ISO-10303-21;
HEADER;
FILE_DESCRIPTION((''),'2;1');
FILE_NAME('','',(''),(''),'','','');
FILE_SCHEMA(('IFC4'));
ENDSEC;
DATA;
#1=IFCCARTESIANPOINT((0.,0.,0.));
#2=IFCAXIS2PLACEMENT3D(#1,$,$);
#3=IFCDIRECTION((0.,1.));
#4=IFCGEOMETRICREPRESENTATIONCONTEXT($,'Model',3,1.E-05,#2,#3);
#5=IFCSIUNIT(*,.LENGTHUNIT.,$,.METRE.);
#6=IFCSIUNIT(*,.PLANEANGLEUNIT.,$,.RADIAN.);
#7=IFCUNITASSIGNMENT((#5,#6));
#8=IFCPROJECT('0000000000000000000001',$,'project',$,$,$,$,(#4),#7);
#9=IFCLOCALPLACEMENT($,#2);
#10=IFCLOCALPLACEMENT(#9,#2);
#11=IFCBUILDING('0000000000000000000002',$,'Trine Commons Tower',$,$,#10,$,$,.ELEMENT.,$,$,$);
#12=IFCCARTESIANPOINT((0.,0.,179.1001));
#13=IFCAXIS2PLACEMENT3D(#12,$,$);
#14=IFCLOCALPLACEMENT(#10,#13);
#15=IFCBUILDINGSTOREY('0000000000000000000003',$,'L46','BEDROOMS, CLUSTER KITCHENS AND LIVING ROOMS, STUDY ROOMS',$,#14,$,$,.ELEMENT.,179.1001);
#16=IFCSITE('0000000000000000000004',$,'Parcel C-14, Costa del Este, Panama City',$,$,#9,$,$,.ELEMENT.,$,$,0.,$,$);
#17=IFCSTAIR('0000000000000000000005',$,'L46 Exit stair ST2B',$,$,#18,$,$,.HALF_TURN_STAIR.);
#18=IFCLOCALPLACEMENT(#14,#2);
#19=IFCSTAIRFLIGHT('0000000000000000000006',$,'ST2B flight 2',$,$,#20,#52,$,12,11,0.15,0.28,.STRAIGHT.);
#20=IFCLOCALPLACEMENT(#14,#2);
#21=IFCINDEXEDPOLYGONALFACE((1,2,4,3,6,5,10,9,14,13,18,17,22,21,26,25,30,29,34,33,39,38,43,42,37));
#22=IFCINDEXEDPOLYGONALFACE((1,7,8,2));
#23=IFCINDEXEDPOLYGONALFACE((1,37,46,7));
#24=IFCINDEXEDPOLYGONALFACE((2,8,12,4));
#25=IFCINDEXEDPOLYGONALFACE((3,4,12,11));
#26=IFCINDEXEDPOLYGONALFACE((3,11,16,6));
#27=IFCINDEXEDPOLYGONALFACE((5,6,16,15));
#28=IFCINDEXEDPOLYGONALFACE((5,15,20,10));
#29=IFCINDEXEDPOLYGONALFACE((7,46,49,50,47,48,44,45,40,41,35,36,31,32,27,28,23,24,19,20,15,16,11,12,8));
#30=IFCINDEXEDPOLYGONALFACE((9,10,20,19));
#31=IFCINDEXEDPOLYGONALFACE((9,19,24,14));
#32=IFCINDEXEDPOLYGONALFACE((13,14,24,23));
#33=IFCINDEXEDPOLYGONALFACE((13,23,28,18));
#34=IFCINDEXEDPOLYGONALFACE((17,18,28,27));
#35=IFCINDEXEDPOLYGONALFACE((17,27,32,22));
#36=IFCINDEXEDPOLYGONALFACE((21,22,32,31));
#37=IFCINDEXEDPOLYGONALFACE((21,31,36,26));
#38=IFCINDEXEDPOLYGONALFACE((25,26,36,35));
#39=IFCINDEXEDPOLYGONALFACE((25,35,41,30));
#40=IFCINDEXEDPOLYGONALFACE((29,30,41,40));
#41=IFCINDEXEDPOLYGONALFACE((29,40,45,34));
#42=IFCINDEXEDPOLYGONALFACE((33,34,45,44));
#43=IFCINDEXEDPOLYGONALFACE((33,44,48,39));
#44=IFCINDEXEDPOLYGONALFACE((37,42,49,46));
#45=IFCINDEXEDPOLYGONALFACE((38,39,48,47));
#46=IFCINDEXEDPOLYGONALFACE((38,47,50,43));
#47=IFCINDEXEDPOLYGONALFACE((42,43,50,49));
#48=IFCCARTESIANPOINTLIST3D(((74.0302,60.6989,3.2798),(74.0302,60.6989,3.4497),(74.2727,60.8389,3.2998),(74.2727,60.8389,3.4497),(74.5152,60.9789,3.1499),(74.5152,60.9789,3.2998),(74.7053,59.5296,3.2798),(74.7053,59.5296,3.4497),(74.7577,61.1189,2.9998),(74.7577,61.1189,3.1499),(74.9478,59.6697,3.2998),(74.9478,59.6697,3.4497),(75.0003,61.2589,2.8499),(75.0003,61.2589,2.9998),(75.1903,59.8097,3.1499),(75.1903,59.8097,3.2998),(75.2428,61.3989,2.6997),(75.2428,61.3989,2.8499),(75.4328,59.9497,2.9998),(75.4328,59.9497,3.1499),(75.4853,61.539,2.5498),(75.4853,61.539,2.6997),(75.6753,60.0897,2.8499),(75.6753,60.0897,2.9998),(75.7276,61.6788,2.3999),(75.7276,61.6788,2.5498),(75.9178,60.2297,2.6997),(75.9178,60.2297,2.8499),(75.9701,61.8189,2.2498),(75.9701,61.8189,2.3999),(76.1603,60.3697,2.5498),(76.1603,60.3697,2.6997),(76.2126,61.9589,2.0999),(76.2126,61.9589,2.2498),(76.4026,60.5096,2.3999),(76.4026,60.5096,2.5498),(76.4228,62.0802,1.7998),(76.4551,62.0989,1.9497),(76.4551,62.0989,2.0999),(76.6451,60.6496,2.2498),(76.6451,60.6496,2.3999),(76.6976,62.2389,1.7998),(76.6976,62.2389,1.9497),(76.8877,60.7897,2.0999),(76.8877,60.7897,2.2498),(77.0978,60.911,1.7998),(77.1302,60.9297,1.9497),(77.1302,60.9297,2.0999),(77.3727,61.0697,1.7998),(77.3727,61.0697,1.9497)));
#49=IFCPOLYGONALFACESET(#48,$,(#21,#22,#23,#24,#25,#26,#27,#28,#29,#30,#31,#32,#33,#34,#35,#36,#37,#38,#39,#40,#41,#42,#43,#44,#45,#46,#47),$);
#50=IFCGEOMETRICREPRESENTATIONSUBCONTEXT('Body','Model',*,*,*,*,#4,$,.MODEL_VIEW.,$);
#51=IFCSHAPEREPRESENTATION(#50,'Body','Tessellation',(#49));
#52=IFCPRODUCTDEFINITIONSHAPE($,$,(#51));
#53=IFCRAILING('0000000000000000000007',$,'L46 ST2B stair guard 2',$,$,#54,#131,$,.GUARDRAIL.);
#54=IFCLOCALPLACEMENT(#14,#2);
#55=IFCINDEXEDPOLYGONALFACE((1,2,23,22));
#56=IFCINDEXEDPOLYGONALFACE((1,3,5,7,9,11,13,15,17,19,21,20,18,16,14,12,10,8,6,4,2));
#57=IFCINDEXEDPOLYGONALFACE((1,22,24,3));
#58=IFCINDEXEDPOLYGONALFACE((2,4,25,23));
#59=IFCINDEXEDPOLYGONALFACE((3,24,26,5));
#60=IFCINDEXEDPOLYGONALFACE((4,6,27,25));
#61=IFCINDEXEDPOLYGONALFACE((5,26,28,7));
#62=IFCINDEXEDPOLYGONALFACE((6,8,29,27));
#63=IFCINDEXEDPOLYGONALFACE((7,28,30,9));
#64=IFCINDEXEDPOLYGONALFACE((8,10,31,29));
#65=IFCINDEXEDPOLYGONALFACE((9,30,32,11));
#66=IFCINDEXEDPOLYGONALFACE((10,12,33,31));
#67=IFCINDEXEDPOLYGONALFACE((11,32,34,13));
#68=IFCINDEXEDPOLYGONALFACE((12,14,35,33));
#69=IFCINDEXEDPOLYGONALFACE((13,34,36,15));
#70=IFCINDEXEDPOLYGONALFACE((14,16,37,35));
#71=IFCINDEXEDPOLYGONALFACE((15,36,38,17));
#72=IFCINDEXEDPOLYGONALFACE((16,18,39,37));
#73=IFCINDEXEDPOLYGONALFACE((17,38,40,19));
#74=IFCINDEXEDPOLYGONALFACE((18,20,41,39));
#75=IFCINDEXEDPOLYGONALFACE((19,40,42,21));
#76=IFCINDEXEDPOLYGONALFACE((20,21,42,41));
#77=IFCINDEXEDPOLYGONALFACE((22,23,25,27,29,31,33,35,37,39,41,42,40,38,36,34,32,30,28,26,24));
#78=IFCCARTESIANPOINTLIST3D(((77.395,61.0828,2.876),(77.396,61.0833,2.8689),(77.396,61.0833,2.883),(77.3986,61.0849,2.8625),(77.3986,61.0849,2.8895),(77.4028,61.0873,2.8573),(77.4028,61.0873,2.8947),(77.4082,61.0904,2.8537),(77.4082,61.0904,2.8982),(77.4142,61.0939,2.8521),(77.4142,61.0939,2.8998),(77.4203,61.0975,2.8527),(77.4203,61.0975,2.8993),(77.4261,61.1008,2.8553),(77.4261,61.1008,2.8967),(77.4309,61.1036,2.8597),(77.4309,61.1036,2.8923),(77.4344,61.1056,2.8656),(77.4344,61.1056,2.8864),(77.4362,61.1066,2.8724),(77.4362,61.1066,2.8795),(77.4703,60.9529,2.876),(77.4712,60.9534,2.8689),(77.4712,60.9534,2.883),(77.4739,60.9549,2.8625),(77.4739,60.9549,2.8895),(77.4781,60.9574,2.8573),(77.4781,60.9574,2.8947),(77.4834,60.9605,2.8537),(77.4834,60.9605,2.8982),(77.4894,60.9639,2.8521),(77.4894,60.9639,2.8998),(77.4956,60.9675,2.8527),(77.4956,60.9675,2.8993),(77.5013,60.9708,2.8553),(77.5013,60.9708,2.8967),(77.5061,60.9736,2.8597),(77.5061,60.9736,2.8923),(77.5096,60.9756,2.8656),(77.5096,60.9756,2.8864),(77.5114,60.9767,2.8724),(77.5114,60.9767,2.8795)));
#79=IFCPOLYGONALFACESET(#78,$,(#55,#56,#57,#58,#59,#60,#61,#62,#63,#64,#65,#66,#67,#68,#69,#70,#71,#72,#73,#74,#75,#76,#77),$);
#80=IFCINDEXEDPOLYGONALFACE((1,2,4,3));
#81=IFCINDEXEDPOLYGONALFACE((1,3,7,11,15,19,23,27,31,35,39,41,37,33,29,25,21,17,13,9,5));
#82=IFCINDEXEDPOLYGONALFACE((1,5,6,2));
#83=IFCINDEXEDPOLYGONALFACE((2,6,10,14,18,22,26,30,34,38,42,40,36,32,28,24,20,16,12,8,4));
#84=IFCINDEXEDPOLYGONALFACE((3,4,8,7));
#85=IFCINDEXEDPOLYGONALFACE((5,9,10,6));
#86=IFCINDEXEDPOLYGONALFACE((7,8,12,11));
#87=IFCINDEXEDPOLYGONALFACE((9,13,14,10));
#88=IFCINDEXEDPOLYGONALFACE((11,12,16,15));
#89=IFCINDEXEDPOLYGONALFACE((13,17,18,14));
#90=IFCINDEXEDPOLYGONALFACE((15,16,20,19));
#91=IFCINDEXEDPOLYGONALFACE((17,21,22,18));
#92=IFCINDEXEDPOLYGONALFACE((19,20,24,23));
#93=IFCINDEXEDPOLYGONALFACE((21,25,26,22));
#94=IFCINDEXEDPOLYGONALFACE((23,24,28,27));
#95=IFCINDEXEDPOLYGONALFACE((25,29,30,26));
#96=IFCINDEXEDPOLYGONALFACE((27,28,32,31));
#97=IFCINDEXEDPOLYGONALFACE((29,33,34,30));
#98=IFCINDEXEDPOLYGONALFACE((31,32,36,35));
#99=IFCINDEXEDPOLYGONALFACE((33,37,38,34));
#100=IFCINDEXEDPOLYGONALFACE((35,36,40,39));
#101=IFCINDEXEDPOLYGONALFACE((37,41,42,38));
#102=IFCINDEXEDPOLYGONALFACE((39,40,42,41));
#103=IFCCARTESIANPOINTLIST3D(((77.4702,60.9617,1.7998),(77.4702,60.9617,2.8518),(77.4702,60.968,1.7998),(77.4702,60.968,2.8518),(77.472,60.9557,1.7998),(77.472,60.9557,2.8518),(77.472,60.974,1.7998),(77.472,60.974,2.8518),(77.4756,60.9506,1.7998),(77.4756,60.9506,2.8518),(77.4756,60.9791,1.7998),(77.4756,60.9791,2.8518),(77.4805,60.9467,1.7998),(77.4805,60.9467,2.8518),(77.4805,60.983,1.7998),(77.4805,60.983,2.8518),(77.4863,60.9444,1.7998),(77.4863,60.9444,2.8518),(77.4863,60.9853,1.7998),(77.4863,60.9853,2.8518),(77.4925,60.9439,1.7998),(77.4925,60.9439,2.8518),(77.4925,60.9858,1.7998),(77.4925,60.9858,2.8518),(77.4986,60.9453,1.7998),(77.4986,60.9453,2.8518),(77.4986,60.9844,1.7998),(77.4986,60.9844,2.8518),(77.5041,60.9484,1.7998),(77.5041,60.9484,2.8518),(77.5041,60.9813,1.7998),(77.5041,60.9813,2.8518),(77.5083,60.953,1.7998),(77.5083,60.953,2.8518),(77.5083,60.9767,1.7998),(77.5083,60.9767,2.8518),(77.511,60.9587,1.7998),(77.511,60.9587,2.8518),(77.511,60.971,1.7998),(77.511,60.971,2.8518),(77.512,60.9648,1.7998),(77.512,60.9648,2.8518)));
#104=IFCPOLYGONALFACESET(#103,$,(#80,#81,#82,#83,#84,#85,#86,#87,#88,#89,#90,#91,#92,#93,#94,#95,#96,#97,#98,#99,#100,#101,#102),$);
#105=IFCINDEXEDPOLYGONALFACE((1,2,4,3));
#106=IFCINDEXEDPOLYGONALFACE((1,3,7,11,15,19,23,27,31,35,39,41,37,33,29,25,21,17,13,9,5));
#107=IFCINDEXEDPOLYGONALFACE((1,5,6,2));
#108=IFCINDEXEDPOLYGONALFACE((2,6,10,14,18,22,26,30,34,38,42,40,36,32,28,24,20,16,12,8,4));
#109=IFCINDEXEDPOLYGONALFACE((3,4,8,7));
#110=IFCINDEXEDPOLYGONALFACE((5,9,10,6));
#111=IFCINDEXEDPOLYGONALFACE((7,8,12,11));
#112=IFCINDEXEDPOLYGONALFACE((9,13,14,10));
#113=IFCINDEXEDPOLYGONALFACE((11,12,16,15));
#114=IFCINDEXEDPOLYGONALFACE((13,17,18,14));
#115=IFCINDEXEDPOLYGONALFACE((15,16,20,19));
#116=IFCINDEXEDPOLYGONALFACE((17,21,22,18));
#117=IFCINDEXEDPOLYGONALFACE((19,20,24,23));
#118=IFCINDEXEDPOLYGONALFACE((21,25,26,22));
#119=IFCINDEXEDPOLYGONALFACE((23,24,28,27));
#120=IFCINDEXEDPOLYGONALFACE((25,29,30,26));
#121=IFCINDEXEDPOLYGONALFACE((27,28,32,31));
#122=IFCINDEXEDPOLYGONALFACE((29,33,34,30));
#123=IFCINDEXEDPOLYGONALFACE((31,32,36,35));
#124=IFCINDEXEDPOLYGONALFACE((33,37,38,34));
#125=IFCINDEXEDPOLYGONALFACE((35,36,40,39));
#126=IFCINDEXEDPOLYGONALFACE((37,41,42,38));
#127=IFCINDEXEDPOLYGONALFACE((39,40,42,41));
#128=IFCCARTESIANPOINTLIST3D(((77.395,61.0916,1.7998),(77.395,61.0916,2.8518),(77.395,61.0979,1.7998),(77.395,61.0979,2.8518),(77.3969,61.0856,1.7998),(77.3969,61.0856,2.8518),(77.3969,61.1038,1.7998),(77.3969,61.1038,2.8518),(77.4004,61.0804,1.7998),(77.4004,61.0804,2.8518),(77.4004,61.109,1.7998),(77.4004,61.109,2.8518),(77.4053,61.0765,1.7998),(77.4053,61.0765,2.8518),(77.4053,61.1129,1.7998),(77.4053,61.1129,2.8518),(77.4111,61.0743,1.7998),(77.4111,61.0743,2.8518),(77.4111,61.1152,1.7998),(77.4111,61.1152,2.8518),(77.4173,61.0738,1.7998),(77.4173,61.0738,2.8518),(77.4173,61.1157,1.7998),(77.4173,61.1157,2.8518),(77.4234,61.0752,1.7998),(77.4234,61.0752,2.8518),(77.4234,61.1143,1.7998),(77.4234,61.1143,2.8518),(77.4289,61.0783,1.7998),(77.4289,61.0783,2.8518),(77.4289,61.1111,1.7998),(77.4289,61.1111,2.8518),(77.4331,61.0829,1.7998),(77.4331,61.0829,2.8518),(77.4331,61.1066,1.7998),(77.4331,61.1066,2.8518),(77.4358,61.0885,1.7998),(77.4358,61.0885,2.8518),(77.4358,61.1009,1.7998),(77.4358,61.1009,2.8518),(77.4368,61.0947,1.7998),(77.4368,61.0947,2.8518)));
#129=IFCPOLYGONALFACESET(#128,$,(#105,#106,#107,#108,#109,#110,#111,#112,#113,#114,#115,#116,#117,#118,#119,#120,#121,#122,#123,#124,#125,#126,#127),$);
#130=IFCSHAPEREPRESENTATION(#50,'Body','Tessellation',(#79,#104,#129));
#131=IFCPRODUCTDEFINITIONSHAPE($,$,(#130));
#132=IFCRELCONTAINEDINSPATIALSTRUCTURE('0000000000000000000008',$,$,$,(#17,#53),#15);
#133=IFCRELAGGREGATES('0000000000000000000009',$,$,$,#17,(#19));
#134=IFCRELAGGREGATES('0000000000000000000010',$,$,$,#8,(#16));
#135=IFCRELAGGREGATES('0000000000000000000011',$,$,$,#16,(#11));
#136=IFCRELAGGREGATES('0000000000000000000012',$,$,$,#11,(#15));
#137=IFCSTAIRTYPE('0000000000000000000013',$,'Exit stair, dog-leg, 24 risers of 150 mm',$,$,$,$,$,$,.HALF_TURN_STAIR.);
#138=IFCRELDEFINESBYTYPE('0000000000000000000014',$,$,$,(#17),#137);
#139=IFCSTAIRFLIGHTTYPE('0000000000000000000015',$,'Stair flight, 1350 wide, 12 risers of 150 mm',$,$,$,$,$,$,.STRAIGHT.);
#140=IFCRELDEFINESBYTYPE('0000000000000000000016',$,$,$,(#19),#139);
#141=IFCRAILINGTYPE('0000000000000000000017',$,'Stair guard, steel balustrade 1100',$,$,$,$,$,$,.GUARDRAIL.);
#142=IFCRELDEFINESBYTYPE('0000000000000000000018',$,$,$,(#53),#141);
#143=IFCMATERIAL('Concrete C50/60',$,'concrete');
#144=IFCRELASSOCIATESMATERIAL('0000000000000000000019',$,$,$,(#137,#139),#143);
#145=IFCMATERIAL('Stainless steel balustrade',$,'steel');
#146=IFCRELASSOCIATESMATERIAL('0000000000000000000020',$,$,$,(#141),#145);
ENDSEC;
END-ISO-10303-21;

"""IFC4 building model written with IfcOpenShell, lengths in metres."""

from ifc_helpers import new_model, si_unit, direction, frame, origin, origin_2d, place, context, subcontext, project, spatial, polyline, circle, outline, extrude, material, type_object, element, aggregate, save


model = new_model("IFC4")

# Units and contexts
model_context = context("Model", 3, precision=1e-05, world=origin(), true_north=direction((0.0, 1.0)))
body_context = subcontext(model_context, "Body", "Model", "MODEL_VIEW")
ifc_project = project(units=[si_unit("LENGTHUNIT", "METRE"), si_unit("PLANEANGLEUNIT", "RADIAN")], contexts=[model_context])

# Site, building, storey
site_placement = place(None, origin())
site = spatial("IfcSite", under=ifc_project, at=site_placement, Name="Parcel C-14, Costa del Este, Panama City", CompositionType="ELEMENT", RefElevation=0.0)
building_placement = place(site_placement, origin())
building = spatial("IfcBuilding", under=site, at=building_placement, Name="Trine Commons Tower", CompositionType="ELEMENT")
storey_placement = place(building_placement, frame((0.0, 0.0, 179.1001)))
storey = spatial("IfcBuildingStorey", under=building, at=storey_placement, Name="L46", Description="BEDROOMS, CLUSTER KITCHENS AND LIVING ROOMS, STUDY ROOMS", CompositionType="ELEMENT", Elevation=179.1001)

# Stair, stair flight
ifc_material_1 = material(Name="Concrete C50/60", Category="concrete")
stair_type = type_object("IfcStairType", Name="Exit stair, dog-leg, 24 risers of 150 mm", PredefinedType="HALF_TURN_STAIR", material=ifc_material_1)
stair_placement = place(storey_placement, origin())
stair = element("IfcStair", 1, at=stair_placement, inside=storey, type_object=stair_type, Name="L46 Exit stair ST2B", PredefinedType="HALF_TURN_STAIR")
stair_flight_type = type_object("IfcStairFlightType", Name="Stair flight, 1350 wide, 12 risers of 150 mm", PredefinedType="STRAIGHT", material=ifc_material_1)
stair_flight_placement = place(storey_placement, frame((77.0352, 61.6543, 1.7998), z_axis=(0.0, 0.0, 1.0), x_axis=(-0.866025, -0.5, 0.0)))
stair_flight = element("IfcStairFlight", 2, at=stair_flight_placement, type_object=stair_flight_type, Name="ST2B flight 2", NumberOfRisers=12, NumberOfTreads=11, PredefinedType="STRAIGHT", RiserHeight=0.15, TreadLength=0.28, context=body_context, shape_type="SweptSolid", body=[
    extrude(outline(polyline([(0.0, 0.0), (0.0, 0.1499), (0.28, 0.1499), (0.28, 0.3), (0.5601, 0.3), (0.5601, 0.45), (0.8401, 0.45), (0.8401, 0.6001), (1.1201, 0.6001), (1.1201, 0.75), (1.3999, 0.75), (1.3999, 0.8999), (1.6799, 0.8999), (1.6799, 1.05), (1.96, 1.05), (1.96, 1.2), (2.24, 1.2), (2.24, 1.3501), (2.52, 1.3501), (2.52, 1.5), (2.8, 1.5), (2.8, 1.6499), (3.0801, 1.6499), (3.0801, 1.8), (3.0801, 1.48), (0.3174, 0.0), (0.0, 0.0)])), frame((0.0, 0.675, 0.0), z_axis=(0.0, -1.0, 0.0), x_axis=(1.0, 0.0, 0.0)), (0.0, 0.0, 1.0), 1.3501),
])
aggregate(stair, [stair_flight])

# Railing
ifc_material_2 = material(Name="Stainless steel balustrade", Category="steel")
railing_type_1 = type_object("IfcRailingType", Name="Stair guard, steel balustrade 1100", PredefinedType="GUARDRAIL", material=ifc_material_2)
railing_1_placement = place(storey_placement, frame((77.491, 60.9648, 1.7998)))
element("IfcRailing", 3, at=railing_1_placement, inside=storey, type_object=railing_type_1, Name="L46 ST2B stair guard 2", PredefinedType="GUARDRAIL", context=body_context, shape_type="SweptSolid", body=[
    extrude(circle(Radius=0.0239, at=origin_2d()), frame((0.0, 0.0, 1.0762), z_axis=(-0.501036, 0.865426, 0.0), x_axis=(-0.865426, -0.501036, 0.0)), (0.0, 0.0, 1.0), 0.1501),
    extrude(circle(Radius=0.021, at=origin_2d()), origin(), (0.0, 0.0, 1.0), 1.052),
    extrude(circle(Radius=0.021, at=origin_2d()), frame((-0.0752, 0.1299, 0.0)), (0.0, 0.0, 1.0), 1.052),
])

save(model, "model.ifc")
